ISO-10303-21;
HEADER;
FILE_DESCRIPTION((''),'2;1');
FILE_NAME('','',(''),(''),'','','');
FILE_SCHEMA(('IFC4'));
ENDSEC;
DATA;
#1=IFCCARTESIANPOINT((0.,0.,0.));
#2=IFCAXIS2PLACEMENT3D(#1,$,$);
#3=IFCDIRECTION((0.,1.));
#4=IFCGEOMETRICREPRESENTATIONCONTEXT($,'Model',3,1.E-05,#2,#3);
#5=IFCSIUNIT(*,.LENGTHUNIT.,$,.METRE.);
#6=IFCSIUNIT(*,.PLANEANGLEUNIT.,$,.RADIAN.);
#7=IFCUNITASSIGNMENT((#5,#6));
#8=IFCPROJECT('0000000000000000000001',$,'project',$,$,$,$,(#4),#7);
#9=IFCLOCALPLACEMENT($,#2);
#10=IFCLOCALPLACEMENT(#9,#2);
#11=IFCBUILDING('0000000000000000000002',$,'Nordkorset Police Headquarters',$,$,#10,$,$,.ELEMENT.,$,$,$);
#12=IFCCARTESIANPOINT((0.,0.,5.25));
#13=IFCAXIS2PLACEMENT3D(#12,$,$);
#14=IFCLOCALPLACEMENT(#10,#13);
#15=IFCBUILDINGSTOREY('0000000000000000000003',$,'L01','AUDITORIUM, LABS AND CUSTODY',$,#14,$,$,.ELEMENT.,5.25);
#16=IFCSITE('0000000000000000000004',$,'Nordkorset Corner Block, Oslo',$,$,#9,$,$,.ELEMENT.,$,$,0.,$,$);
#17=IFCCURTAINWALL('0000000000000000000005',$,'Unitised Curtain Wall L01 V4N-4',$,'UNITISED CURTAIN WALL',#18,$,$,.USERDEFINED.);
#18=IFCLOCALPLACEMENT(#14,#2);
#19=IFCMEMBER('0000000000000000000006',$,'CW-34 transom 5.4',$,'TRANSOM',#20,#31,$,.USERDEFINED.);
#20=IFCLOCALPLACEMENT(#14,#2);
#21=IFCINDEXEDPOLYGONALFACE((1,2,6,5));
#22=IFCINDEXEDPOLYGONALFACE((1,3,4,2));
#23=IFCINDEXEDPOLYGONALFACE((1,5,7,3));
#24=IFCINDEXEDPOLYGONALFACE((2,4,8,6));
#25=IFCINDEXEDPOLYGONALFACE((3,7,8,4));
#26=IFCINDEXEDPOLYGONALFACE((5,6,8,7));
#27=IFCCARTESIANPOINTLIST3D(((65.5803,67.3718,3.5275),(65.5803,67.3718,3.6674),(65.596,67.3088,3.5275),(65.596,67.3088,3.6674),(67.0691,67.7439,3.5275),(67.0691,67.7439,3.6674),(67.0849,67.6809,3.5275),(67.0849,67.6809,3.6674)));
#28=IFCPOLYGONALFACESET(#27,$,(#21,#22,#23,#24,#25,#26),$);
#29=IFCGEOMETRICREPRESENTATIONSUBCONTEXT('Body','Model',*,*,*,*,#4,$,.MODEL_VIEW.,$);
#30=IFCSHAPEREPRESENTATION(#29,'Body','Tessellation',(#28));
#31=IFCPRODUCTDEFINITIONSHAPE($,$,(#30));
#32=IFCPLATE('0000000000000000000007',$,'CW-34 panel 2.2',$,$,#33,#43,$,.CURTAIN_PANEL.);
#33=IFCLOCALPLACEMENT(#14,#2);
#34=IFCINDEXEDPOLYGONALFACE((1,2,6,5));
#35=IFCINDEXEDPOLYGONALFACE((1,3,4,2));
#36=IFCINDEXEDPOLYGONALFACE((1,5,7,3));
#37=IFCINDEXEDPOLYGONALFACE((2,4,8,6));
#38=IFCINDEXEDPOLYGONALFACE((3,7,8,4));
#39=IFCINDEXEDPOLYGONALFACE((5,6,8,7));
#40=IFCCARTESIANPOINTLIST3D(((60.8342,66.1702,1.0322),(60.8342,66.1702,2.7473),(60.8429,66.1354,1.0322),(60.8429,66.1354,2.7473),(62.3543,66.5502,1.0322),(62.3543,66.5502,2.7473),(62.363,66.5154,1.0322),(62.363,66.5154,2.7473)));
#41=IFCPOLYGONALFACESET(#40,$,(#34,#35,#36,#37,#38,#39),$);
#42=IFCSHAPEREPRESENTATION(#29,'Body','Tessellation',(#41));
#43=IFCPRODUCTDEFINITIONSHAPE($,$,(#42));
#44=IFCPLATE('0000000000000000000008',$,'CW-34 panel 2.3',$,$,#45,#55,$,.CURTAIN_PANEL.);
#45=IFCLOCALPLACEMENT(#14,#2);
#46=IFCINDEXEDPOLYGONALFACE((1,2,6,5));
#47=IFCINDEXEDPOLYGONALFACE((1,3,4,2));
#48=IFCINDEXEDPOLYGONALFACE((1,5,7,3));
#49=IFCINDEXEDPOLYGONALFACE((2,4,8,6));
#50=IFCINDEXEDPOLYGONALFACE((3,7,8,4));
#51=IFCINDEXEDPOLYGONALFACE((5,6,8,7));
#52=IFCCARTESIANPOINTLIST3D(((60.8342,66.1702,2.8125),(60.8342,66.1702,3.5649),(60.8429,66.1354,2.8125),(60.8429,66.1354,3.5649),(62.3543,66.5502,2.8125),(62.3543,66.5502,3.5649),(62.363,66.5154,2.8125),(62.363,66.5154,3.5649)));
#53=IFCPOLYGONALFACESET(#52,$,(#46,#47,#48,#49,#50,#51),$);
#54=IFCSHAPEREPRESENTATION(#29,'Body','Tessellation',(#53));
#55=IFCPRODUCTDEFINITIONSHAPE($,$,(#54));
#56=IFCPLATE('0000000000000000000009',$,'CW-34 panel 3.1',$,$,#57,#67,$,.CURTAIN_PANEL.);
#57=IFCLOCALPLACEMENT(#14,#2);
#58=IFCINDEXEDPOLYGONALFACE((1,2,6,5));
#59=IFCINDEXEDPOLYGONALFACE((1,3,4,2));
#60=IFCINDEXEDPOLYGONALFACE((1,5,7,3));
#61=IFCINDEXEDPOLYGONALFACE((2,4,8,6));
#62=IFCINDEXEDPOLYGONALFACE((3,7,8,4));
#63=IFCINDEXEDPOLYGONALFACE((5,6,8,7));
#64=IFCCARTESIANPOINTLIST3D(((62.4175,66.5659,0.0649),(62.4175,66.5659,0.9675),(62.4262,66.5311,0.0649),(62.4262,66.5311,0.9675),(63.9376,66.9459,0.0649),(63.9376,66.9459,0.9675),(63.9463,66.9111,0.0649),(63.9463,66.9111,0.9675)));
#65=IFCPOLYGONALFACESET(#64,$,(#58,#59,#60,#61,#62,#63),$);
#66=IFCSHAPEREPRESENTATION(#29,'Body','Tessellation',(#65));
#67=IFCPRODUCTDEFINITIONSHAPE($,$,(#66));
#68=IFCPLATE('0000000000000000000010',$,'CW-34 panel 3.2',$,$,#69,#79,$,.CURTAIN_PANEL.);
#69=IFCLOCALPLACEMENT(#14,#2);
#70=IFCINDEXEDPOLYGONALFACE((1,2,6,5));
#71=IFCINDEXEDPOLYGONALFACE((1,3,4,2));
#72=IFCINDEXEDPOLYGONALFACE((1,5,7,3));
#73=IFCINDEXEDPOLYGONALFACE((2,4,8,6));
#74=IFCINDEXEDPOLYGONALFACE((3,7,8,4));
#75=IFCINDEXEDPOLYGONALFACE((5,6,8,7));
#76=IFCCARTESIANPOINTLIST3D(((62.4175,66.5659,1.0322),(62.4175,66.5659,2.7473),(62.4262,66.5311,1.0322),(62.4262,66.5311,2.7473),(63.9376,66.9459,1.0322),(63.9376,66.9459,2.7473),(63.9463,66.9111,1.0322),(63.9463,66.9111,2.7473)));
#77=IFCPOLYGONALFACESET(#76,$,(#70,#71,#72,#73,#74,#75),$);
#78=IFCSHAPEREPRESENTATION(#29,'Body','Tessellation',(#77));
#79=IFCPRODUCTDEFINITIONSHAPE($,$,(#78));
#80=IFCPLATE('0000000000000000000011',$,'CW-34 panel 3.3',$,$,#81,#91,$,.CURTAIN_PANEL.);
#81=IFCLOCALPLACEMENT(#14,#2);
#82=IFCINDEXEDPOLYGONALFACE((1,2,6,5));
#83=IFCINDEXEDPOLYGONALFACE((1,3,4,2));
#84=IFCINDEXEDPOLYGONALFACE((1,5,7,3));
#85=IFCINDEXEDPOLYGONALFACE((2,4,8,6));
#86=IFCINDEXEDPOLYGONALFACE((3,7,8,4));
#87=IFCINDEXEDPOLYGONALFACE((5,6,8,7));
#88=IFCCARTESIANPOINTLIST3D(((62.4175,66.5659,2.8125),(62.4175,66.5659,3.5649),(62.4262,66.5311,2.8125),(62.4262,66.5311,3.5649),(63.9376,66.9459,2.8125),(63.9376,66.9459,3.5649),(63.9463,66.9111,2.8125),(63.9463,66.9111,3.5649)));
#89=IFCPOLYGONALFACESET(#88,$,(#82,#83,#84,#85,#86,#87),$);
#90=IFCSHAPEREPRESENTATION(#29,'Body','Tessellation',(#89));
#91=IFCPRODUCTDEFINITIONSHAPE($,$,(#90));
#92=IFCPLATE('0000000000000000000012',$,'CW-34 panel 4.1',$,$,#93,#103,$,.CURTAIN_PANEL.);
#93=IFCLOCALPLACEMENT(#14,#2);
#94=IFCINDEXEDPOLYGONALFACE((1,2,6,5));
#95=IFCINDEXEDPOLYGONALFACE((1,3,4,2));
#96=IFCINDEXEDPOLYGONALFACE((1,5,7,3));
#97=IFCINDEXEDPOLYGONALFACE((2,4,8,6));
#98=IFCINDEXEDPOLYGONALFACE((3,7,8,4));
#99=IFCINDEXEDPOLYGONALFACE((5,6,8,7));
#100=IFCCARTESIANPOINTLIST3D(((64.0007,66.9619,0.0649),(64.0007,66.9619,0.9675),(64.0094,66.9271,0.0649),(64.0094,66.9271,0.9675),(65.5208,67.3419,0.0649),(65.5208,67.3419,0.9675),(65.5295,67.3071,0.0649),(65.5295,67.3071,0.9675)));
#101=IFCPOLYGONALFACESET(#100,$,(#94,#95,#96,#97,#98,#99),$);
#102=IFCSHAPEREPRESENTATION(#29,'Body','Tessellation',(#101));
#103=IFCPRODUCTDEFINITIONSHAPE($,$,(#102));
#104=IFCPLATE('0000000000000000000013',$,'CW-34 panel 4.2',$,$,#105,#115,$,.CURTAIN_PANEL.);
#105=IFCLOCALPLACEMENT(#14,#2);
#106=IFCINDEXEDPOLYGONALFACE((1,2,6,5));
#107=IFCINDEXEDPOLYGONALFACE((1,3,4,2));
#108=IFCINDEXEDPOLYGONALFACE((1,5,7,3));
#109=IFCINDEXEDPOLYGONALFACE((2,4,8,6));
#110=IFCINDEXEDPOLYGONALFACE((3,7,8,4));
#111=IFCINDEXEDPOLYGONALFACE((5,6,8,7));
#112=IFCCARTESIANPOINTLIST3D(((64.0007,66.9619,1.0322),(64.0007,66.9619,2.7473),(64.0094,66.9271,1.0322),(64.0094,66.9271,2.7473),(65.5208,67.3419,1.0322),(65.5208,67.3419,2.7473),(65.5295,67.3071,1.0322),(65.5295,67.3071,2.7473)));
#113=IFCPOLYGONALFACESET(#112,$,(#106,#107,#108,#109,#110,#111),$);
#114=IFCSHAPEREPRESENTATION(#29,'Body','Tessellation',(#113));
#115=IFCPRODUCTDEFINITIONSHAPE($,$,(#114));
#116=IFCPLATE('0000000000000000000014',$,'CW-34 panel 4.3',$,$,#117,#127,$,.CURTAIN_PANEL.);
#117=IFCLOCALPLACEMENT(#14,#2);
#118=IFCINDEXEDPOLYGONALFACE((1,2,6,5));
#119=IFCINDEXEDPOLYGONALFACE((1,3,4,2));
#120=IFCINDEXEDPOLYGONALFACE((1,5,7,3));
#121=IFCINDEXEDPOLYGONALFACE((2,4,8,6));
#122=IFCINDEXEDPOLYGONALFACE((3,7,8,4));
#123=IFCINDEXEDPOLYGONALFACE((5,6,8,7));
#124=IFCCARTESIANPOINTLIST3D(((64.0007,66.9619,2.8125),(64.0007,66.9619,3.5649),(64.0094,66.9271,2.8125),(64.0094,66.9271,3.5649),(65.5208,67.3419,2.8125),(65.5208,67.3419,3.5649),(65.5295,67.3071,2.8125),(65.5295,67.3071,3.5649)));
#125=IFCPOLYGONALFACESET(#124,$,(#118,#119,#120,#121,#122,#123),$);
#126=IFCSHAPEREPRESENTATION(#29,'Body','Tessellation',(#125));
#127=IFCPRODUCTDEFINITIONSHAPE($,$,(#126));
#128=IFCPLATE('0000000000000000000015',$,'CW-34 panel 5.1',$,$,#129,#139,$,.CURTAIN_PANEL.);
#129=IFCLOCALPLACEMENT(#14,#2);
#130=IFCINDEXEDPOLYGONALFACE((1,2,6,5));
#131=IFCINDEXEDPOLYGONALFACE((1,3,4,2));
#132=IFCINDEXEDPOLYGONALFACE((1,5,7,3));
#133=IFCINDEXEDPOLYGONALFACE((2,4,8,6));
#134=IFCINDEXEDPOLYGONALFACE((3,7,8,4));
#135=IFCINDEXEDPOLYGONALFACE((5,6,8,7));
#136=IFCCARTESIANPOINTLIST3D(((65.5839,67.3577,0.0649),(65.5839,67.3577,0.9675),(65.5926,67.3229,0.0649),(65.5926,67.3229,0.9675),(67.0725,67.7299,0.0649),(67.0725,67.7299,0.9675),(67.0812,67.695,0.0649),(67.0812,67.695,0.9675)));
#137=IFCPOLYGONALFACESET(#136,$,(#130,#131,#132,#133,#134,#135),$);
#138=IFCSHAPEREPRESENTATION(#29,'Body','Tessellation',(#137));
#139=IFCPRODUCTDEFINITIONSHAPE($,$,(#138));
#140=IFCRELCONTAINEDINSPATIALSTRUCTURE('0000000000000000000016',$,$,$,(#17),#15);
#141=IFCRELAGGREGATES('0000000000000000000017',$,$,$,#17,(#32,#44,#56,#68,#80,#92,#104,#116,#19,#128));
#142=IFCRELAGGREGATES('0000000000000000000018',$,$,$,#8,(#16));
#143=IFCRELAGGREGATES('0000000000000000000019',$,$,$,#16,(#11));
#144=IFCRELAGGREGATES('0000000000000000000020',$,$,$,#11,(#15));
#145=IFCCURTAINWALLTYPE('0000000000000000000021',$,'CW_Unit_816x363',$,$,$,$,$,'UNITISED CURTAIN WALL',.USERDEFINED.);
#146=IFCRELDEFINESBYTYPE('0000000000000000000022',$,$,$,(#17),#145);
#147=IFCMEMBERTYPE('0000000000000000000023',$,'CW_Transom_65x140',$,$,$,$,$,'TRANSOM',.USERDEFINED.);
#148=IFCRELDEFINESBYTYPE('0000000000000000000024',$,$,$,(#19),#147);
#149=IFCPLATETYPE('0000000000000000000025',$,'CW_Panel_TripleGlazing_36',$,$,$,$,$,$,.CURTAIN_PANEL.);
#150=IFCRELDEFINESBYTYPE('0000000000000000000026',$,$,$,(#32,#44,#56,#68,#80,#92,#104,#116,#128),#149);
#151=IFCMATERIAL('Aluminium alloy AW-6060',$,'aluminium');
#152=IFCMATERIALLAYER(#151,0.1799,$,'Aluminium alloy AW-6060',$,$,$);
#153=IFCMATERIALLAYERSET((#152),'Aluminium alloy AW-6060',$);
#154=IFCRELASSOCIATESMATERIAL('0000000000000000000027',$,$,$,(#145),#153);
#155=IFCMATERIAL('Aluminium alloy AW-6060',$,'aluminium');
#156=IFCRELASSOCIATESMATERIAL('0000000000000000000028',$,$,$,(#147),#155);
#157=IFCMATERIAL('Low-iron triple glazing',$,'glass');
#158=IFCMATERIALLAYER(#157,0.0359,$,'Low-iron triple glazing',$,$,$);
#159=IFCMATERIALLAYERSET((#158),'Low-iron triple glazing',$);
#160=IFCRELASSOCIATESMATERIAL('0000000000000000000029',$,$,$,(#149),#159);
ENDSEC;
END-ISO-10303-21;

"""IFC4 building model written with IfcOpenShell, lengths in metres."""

from ifc_helpers import new_model, si_unit, direction, frame, origin, origin_2d, place, context, subcontext, project, spatial, rectangle, extrude, material, layer, layer_set, material_profile, profile_set, type_object, element, aggregate, save


model = new_model("IFC4")

# Units and contexts
model_context = context("Model", 3, precision=1e-05, world=origin(), true_north=direction((0.0, 1.0)))
body_context = subcontext(model_context, "Body", "Model", "MODEL_VIEW")
ifc_project = project(units=[si_unit("LENGTHUNIT", "METRE"), si_unit("PLANEANGLEUNIT", "RADIAN")], contexts=[model_context])

# Site, building, storey
site_placement = place(None, origin())
site = spatial("IfcSite", under=ifc_project, at=site_placement, Name="Nordkorset Corner Block, Oslo", CompositionType="ELEMENT", RefElevation=0.0)
building_placement = place(site_placement, origin())
building = spatial("IfcBuilding", under=site, at=building_placement, Name="Nordkorset Police Headquarters", CompositionType="ELEMENT")
storey_placement = place(building_placement, frame((0.0, 0.0, 5.25)))
storey = spatial("IfcBuildingStorey", under=building, at=storey_placement, Name="L01", Description="AUDITORIUM, LABS AND CUSTODY", CompositionType="ELEMENT", Elevation=5.25)

# Curtain wall, member, plates
ifc_material_1 = material(Name="Aluminium alloy AW-6060", Category="aluminium")
ifc_layer_1 = layer(ifc_material_1, 0.1799, Name="Aluminium alloy AW-6060")
ifc_layer_set_1 = layer_set([ifc_layer_1], Name="Aluminium alloy AW-6060")
curtain_wall_type = type_object("IfcCurtainWallType", Name="CW_Unit_816x363", ElementType="UNITISED CURTAIN WALL", PredefinedType="USERDEFINED", material=ifc_layer_set_1)
curtain_wall_placement = place(storey_placement, origin())
curtain_wall = element("IfcCurtainWall", 1, at=curtain_wall_placement, inside=storey, type_object=curtain_wall_type, Name="Unitised Curtain Wall L01 V4N-4", ObjectType="UNITISED CURTAIN WALL", PredefinedType="USERDEFINED")
ifc_material_2 = material(Name="Aluminium alloy AW-6060", Category="aluminium")
ifc_material_profile_1 = material_profile(ifc_material_2, rectangle(XDim=0.0649, YDim=0.1399, at=origin_2d()), Name="ALU TRAN 65x140")
ifc_profile_set_1 = profile_set([ifc_material_profile_1], Name="Aluminium alloy AW-6060")
member_type_1 = type_object("IfcMemberType", Name="CW_Transom_65x140", ElementType="TRANSOM", PredefinedType="USERDEFINED", material=ifc_profile_set_1)
member_1_placement = place(storey_placement, frame((65.5881, 67.3403, 3.5974), z_axis=(0.970161, 0.242461, 0.0), x_axis=(-0.242461, 0.970161, 0.0)))
member_1 = element("IfcMember", 2, at=member_1_placement, type_object=member_type_1, Name="CW-34 transom 5.4", ObjectType="TRANSOM", PredefinedType="USERDEFINED", context=body_context, shape_type="SweptSolid", body=[
    extrude(rectangle(XDim=0.0649, YDim=0.1399, at=origin_2d()), origin(), (0.0, 0.0, 1.0), 1.5347),
])
ifc_material_3 = material(Name="Low-iron triple glazing", Category="glass")
ifc_layer_2 = layer(ifc_material_3, 0.0359, Name="Low-iron triple glazing")
ifc_layer_set_2 = layer_set([ifc_layer_2], Name="Low-iron triple glazing")
plate_type = type_object("IfcPlateType", Name="CW_Panel_TripleGlazing_36", PredefinedType="CURTAIN_PANEL", material=ifc_layer_set_2)
plate_1_placement = place(storey_placement, frame((61.5986, 66.3428, 1.0322), z_axis=(0.0, 0.0, 1.0), x_axis=(0.970143, 0.242535, 0.0)))
plate_1 = element("IfcPlate", 3, at=plate_1_placement, type_object=plate_type, Name="CW-34 panel 2.2", PredefinedType="CURTAIN_PANEL", context=body_context, shape_type="SweptSolid", body=[
    extrude(rectangle(XDim=1.5669, YDim=0.0359, at=origin_2d()), origin(), (0.0, 0.0, 1.0), 1.7151),
])
plate_2_placement = place(storey_placement, frame((61.5986, 66.3428, 2.8125), z_axis=(0.0, 0.0, 1.0), x_axis=(0.970143, 0.242535, 0.0)))
plate_2 = element("IfcPlate", 4, at=plate_2_placement, type_object=plate_type, Name="CW-34 panel 2.3", PredefinedType="CURTAIN_PANEL", context=body_context, shape_type="SweptSolid", body=[
    extrude(rectangle(XDim=1.5669, YDim=0.0359, at=origin_2d()), origin(), (0.0, 0.0, 1.0), 0.7524),
])
plate_3_placement = place(storey_placement, frame((63.1819, 66.7385, 0.0649), z_axis=(0.0, 0.0, 1.0), x_axis=(0.970143, 0.242535, 0.0)))
plate_3 = element("IfcPlate", 5, at=plate_3_placement, type_object=plate_type, Name="CW-34 panel 3.1", PredefinedType="CURTAIN_PANEL", context=body_context, shape_type="SweptSolid", body=[
    extrude(rectangle(XDim=1.5669, YDim=0.0359, at=origin_2d()), origin(), (0.0, 0.0, 1.0), 0.9026),
])
plate_4_placement = place(storey_placement, frame((63.1819, 66.7385, 1.0322), z_axis=(0.0, 0.0, 1.0), x_axis=(0.970143, 0.242535, 0.0)))
plate_4 = element("IfcPlate", 6, at=plate_4_placement, type_object=plate_type, Name="CW-34 panel 3.2", PredefinedType="CURTAIN_PANEL", context=body_context, shape_type="SweptSolid", body=[
    extrude(rectangle(XDim=1.5669, YDim=0.0359, at=origin_2d()), origin(), (0.0, 0.0, 1.0), 1.7151),
])
plate_5_placement = place(storey_placement, frame((63.1819, 66.7385, 2.8125), z_axis=(0.0, 0.0, 1.0), x_axis=(0.970143, 0.242535, 0.0)))
plate_5 = element("IfcPlate", 7, at=plate_5_placement, type_object=plate_type, Name="CW-34 panel 3.3", PredefinedType="CURTAIN_PANEL", context=body_context, shape_type="SweptSolid", body=[
    extrude(rectangle(XDim=1.5669, YDim=0.0359, at=origin_2d()), origin(), (0.0, 0.0, 1.0), 0.7524),
])
plate_6_placement = place(storey_placement, frame((64.7651, 67.1345, 0.0649), z_axis=(0.0, 0.0, 1.0), x_axis=(0.970143, 0.242535, 0.0)))
plate_6 = element("IfcPlate", 8, at=plate_6_placement, type_object=plate_type, Name="CW-34 panel 4.1", PredefinedType="CURTAIN_PANEL", context=body_context, shape_type="SweptSolid", body=[
    extrude(rectangle(XDim=1.5669, YDim=0.0359, at=origin_2d()), origin(), (0.0, 0.0, 1.0), 0.9026),
])
plate_7_placement = place(storey_placement, frame((64.7651, 67.1345, 1.0322), z_axis=(0.0, 0.0, 1.0), x_axis=(0.970143, 0.242535, 0.0)))
plate_7 = element("IfcPlate", 9, at=plate_7_placement, type_object=plate_type, Name="CW-34 panel 4.2", PredefinedType="CURTAIN_PANEL", context=body_context, shape_type="SweptSolid", body=[
    extrude(rectangle(XDim=1.5669, YDim=0.0359, at=origin_2d()), origin(), (0.0, 0.0, 1.0), 1.7151),
])
plate_8_placement = place(storey_placement, frame((64.7651, 67.1345, 2.8125), z_axis=(0.0, 0.0, 1.0), x_axis=(0.970143, 0.242535, 0.0)))
plate_8 = element("IfcPlate", 10, at=plate_8_placement, type_object=plate_type, Name="CW-34 panel 4.3", PredefinedType="CURTAIN_PANEL", context=body_context, shape_type="SweptSolid", body=[
    extrude(rectangle(XDim=1.5669, YDim=0.0359, at=origin_2d()), origin(), (0.0, 0.0, 1.0), 0.7524),
])
plate_9_placement = place(storey_placement, frame((66.3325, 67.5264, 0.0649), z_axis=(0.0, 0.0, 1.0), x_axis=(0.970143, 0.242535, 0.0)))
plate_9 = element("IfcPlate", 11, at=plate_9_placement, type_object=plate_type, Name="CW-34 panel 5.1", PredefinedType="CURTAIN_PANEL", context=body_context, shape_type="SweptSolid", body=[
    extrude(rectangle(XDim=1.5344, YDim=0.0359, at=origin_2d()), origin(), (0.0, 0.0, 1.0), 0.9026),
])
aggregate(curtain_wall, [plate_1, plate_2, plate_3, plate_4, plate_5, plate_6, plate_7, plate_8, member_1, plate_9])

save(model, "model.ifc")
